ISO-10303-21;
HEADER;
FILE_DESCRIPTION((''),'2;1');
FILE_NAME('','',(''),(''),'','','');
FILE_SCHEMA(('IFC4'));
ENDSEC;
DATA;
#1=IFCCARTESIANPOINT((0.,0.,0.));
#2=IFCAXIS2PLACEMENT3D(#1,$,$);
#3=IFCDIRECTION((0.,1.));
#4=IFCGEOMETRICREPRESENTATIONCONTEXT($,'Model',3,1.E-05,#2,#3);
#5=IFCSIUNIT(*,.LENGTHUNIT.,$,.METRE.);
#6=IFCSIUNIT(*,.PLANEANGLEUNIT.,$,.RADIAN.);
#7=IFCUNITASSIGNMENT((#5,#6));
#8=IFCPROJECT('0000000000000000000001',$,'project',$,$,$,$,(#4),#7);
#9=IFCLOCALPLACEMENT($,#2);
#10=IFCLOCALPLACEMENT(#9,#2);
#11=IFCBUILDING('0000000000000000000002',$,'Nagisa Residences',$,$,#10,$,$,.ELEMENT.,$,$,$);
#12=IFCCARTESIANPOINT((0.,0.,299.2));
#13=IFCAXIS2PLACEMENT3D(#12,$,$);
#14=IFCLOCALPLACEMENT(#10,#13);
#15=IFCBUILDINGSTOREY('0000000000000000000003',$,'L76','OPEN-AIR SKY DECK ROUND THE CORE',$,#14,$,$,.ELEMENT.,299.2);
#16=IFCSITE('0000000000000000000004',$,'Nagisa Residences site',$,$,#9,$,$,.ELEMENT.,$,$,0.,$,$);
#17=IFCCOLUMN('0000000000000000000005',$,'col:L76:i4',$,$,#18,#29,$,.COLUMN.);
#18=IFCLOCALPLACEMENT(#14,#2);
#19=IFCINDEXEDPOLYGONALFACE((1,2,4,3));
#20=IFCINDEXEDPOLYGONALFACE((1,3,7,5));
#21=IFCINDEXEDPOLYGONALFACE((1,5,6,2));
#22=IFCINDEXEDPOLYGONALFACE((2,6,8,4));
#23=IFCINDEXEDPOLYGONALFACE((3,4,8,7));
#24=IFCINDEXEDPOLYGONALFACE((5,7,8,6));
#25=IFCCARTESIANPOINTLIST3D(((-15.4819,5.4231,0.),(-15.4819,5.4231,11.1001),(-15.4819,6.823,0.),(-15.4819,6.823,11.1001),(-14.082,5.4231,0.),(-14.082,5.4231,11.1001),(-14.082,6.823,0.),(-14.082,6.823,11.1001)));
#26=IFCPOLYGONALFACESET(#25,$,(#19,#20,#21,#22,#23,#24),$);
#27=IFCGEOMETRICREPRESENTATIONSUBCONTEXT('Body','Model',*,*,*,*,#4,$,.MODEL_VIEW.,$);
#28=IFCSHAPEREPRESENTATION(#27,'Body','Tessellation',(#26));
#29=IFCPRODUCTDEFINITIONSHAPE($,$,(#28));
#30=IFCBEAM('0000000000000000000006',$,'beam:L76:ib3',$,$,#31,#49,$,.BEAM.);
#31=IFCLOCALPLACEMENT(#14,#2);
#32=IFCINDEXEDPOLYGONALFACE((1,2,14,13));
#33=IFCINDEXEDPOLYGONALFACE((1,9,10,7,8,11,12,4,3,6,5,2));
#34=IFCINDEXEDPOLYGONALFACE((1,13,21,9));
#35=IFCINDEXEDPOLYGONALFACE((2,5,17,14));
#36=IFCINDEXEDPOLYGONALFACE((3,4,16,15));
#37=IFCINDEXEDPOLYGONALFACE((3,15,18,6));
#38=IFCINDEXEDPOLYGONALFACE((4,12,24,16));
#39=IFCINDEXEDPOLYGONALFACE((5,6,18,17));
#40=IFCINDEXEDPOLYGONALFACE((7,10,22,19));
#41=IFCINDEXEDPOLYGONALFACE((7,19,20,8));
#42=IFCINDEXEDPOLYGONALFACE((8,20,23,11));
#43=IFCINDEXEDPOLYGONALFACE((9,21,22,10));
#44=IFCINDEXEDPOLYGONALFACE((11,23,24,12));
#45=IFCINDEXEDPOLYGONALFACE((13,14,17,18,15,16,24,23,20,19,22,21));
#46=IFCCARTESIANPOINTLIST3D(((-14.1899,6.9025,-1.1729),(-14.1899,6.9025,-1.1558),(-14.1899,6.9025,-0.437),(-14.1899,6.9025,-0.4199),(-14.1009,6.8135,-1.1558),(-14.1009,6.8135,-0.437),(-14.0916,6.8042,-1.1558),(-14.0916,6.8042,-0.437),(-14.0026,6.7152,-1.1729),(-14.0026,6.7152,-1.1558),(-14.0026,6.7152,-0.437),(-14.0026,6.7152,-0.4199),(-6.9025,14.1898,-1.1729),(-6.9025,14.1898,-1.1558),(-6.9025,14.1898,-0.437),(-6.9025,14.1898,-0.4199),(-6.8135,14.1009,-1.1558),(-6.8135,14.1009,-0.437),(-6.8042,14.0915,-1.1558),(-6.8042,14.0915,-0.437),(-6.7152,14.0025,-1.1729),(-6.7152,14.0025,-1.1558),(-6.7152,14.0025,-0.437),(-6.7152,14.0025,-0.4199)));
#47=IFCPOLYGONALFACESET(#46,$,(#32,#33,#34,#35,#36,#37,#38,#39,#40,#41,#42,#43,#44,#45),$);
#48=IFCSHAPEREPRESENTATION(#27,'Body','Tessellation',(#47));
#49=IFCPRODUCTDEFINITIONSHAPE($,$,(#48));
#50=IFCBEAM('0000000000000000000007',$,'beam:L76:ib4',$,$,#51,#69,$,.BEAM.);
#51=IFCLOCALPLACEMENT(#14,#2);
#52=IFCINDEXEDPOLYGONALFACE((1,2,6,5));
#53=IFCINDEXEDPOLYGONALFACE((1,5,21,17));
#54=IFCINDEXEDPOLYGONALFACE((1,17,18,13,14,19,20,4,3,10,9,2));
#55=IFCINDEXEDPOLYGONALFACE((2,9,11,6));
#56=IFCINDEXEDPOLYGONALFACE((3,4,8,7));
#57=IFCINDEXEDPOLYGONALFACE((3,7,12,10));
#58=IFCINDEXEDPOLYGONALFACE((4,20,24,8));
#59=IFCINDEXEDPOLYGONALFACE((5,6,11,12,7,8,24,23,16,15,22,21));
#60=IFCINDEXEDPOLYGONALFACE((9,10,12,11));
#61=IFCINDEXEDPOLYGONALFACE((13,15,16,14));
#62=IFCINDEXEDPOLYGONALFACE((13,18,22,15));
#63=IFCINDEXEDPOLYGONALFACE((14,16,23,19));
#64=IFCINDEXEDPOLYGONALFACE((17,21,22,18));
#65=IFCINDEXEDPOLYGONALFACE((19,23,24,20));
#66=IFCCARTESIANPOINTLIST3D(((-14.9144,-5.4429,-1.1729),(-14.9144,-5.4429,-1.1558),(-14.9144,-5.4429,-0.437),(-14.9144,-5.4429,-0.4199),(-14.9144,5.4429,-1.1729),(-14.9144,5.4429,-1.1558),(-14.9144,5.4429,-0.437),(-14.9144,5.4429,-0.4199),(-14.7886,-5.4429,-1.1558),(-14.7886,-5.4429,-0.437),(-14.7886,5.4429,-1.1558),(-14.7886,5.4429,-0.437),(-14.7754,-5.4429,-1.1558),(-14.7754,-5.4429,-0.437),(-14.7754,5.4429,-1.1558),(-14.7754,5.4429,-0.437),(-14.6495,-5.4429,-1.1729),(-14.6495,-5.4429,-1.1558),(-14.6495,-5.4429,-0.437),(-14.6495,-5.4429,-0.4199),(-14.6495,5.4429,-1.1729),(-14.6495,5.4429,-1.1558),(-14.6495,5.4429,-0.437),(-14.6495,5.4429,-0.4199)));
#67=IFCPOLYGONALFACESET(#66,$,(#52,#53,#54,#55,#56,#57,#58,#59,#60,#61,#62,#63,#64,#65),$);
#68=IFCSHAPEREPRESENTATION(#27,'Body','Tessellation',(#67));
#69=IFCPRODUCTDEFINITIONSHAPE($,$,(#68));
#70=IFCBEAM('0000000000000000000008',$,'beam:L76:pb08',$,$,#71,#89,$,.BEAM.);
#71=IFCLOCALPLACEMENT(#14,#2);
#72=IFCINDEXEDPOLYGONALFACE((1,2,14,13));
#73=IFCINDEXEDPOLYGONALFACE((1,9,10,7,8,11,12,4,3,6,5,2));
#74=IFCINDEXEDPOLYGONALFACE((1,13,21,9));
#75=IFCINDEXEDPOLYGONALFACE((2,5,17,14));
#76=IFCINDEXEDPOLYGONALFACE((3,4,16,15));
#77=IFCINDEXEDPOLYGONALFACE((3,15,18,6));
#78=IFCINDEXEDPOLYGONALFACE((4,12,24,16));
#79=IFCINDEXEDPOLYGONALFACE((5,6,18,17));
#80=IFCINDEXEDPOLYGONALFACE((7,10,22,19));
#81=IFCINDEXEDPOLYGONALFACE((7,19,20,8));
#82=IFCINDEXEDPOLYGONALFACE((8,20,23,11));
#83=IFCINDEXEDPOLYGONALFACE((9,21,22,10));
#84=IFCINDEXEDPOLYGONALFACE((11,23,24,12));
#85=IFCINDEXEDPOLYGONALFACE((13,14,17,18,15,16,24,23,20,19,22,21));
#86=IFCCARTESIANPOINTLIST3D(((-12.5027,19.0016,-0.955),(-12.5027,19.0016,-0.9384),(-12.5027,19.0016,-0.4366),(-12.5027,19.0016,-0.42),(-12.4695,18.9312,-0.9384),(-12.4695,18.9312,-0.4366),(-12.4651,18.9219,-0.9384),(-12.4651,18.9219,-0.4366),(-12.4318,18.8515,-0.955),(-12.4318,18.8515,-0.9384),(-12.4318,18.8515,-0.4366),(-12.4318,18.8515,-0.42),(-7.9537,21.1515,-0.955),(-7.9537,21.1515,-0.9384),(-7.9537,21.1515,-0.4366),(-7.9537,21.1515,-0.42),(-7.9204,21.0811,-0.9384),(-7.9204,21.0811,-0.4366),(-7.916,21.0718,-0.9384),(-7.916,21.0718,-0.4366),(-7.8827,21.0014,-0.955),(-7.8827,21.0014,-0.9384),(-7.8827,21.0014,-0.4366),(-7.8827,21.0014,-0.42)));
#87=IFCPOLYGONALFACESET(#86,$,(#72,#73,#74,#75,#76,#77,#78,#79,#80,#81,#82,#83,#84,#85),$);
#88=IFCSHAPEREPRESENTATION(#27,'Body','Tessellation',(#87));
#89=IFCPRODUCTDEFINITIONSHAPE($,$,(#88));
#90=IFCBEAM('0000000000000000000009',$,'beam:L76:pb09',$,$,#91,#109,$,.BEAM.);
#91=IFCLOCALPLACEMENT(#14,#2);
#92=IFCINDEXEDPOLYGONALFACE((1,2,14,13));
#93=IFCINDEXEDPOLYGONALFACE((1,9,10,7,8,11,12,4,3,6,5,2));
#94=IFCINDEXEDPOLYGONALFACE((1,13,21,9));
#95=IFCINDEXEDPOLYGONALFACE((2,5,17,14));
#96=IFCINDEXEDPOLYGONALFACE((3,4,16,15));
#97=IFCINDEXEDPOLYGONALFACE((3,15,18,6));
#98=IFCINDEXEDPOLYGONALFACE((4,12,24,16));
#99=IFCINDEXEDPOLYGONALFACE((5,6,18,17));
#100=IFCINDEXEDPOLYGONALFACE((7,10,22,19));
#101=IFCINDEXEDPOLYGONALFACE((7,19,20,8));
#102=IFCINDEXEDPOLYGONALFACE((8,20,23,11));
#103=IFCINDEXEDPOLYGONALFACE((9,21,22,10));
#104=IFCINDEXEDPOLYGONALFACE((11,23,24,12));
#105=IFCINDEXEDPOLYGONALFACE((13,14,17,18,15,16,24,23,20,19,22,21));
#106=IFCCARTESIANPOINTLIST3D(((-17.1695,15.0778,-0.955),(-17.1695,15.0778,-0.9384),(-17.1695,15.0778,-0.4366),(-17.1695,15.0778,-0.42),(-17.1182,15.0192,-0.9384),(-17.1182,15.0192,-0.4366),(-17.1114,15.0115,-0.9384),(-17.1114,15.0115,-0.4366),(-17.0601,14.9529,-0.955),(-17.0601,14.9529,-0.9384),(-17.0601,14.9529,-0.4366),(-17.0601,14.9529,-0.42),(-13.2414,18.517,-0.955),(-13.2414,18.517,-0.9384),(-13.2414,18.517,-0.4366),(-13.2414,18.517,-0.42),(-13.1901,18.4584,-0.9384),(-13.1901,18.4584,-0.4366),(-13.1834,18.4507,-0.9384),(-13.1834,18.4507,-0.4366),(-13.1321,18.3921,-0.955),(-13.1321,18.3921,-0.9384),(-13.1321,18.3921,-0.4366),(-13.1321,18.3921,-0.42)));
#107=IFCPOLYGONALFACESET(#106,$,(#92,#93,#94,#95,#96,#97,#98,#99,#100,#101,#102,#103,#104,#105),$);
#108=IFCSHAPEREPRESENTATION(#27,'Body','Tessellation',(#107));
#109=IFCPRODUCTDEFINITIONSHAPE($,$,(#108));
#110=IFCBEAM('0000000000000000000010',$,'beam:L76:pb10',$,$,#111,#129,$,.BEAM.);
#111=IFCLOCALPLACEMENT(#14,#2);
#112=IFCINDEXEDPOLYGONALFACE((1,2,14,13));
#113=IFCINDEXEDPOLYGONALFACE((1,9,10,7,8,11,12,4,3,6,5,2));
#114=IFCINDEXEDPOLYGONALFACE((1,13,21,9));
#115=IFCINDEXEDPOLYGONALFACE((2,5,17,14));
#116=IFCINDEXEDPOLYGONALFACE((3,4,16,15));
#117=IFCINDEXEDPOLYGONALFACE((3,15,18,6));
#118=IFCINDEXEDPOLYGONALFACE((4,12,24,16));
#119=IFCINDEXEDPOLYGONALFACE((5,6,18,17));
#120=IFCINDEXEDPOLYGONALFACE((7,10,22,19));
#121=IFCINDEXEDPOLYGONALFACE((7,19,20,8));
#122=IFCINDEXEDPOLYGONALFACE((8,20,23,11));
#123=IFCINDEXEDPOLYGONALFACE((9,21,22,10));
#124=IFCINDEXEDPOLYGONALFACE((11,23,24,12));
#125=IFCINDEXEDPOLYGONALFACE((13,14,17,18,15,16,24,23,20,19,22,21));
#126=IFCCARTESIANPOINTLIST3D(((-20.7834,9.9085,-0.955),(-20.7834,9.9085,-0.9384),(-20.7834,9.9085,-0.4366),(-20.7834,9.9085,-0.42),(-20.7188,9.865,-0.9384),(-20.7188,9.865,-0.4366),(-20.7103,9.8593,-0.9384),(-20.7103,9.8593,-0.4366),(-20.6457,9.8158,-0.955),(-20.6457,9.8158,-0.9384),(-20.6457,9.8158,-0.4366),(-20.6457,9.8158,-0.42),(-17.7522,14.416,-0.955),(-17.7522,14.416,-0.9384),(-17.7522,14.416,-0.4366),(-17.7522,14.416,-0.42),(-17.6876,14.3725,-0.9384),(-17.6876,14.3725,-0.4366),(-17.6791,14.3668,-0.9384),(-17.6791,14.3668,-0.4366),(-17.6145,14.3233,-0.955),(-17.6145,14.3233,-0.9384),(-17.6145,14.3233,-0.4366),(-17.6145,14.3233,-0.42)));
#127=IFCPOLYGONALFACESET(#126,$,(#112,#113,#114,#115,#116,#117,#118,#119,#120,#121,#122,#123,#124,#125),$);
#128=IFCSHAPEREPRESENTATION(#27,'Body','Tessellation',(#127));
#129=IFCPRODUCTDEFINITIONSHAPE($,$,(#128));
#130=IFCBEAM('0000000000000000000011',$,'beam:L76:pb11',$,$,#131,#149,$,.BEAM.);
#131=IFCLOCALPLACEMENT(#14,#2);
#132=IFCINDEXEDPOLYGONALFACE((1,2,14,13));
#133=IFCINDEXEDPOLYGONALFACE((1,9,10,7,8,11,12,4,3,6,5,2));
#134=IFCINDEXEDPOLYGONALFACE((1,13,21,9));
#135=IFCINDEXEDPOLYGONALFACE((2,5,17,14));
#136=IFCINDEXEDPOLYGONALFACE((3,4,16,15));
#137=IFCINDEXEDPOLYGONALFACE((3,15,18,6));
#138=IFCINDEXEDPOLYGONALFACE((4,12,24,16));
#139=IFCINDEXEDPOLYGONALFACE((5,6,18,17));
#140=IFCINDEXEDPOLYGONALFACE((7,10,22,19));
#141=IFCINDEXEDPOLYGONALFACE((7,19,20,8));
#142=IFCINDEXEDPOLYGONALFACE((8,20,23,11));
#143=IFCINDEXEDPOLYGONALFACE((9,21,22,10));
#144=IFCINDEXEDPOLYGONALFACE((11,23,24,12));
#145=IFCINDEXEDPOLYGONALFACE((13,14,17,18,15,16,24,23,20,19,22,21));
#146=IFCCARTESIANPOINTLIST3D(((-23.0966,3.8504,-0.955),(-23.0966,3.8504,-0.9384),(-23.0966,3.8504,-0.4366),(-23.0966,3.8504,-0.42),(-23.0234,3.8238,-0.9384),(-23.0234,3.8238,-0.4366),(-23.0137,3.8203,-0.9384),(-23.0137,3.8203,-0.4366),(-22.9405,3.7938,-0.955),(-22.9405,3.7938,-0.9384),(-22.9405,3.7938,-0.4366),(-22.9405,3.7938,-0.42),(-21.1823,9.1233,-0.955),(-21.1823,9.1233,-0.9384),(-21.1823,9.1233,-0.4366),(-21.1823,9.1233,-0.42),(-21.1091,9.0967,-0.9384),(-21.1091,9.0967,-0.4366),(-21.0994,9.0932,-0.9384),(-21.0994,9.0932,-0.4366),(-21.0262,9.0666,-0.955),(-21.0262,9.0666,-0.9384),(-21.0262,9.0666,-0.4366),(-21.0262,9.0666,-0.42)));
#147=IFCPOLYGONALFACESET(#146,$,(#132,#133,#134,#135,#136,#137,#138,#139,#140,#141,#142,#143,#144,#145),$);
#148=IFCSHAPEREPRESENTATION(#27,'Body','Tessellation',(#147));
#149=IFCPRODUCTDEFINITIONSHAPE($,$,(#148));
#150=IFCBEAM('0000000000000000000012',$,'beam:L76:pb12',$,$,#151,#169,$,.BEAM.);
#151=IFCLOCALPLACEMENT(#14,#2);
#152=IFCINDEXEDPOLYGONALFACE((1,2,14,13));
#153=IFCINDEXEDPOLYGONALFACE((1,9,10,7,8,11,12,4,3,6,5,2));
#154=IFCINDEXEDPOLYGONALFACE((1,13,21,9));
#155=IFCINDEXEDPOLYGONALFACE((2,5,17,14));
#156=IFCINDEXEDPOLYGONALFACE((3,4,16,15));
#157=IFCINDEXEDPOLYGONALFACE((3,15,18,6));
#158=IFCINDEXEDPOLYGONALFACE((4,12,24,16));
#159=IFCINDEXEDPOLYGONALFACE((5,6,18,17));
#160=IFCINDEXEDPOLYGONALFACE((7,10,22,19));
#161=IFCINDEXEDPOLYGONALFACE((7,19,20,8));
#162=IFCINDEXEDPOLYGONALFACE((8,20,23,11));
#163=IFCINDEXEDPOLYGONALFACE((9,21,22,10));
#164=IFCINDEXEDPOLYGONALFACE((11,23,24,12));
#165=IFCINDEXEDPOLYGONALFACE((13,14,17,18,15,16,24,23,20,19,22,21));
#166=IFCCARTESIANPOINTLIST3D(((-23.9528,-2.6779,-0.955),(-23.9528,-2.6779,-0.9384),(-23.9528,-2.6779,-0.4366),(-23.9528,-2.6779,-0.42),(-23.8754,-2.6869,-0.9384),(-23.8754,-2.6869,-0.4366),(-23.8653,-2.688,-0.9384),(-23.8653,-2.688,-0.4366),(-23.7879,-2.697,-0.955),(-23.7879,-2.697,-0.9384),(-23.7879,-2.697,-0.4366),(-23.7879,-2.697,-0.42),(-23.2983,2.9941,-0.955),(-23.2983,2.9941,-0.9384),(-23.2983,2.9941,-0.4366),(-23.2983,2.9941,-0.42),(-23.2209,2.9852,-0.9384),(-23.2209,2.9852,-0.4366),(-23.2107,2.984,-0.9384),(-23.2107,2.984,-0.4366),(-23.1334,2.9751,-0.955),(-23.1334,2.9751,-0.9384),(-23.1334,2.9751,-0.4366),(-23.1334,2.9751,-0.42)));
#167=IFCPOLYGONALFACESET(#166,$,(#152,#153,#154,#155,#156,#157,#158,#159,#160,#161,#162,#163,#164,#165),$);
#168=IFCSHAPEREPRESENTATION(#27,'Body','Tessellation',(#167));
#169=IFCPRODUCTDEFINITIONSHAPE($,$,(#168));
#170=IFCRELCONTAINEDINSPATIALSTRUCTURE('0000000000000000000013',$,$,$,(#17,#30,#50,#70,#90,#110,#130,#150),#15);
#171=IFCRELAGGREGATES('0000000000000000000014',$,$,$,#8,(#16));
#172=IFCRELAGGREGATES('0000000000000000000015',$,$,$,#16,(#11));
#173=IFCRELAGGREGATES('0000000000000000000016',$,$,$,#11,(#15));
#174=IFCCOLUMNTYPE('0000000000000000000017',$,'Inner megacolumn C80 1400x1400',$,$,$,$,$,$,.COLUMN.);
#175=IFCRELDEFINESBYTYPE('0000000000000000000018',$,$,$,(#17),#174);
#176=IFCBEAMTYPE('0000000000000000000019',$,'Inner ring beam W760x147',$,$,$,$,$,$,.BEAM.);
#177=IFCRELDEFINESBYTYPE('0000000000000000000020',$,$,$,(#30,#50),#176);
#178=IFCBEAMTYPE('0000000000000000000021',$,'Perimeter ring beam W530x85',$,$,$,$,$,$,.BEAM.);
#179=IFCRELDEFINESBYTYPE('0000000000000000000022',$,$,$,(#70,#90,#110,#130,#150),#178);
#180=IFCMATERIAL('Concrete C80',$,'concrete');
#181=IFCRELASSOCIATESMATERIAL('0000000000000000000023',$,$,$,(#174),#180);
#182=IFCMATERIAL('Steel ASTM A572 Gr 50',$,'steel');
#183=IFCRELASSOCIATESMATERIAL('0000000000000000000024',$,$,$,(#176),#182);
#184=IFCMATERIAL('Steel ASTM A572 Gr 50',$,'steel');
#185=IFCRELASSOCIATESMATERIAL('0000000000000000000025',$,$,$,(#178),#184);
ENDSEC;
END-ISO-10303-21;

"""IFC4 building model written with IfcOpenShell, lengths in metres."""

from ifc_helpers import new_model, si_unit, direction, frame, origin, origin_2d, place, context, subcontext, project, spatial, rectangle, i_section, extrude, material, material_profile, profile_set, type_object, element, save


model = new_model("IFC4")

# Units and contexts
model_context = context("Model", 3, precision=1e-05, world=origin(), true_north=direction((0.0, 1.0)))
body_context = subcontext(model_context, "Body", "Model", "MODEL_VIEW")
ifc_project = project(units=[si_unit("LENGTHUNIT", "METRE"), si_unit("PLANEANGLEUNIT", "RADIAN")], contexts=[model_context])

# Site, building, storey
site_placement = place(None, origin())
site = spatial("IfcSite", under=ifc_project, at=site_placement, Name="Nagisa Residences site", CompositionType="ELEMENT", RefElevation=0.0)
building_placement = place(site_placement, origin())
building = spatial("IfcBuilding", under=site, at=building_placement, Name="Nagisa Residences", CompositionType="ELEMENT")
storey_placement = place(building_placement, frame((0.0, 0.0, 299.2)))
storey = spatial("IfcBuildingStorey", under=building, at=storey_placement, Name="L76", Description="OPEN-AIR SKY DECK ROUND THE CORE", CompositionType="ELEMENT", Elevation=299.2)

# Column
ifc_material_1 = material(Name="Concrete C80", Category="concrete")
ifc_material_profile_1 = material_profile(ifc_material_1, rectangle(XDim=1.3999, YDim=1.3999, at=origin_2d()), Name="C80 1400x1400")
ifc_profile_set_1 = profile_set([ifc_material_profile_1], Name="Concrete C80")
column_type = type_object("IfcColumnType", Name="Inner megacolumn C80 1400x1400", PredefinedType="COLUMN", material=ifc_profile_set_1)
column_placement = place(storey_placement, frame((-14.782, 6.123, 0.0), z_axis=(0.0, 0.0, 1.0), x_axis=(1.0, 0.0, 0.0)))
element("IfcColumn", 1, at=column_placement, inside=storey, type_object=column_type, Name="col:L76:i4", PredefinedType="COLUMN", context=body_context, shape_type="SweptSolid", body=[
    extrude(rectangle(XDim=1.3999, YDim=1.3999, at=origin_2d()), origin(), (0.0, 0.0, 1.0), 11.1001),
])

# Beams
ifc_material_2 = material(Name="Steel ASTM A572 Gr 50", Category="steel")
ifc_material_profile_2 = material_profile(ifc_material_2, i_section(OverallWidth=0.2649, OverallDepth=0.7529, WebThickness=0.0132, FlangeThickness=0.0171, at=origin_2d()), Name="W760x147")
ifc_profile_set_2 = profile_set([ifc_material_profile_2], Name="Steel ASTM A572 Gr 50")
beam_type_1 = type_object("IfcBeamType", Name="Inner ring beam W760x147", PredefinedType="BEAM", material=ifc_profile_set_2)
beam_1_placement = place(storey_placement, frame((-6.8088, 14.0962, -0.7964), z_axis=(-0.707107, -0.707107, 0.0), x_axis=(0.707107, -0.707107, 0.0)))
element("IfcBeam", 2, at=beam_1_placement, inside=storey, type_object=beam_type_1, Name="beam:L76:ib3", PredefinedType="BEAM", context=body_context, shape_type="SweptSolid", body=[
    extrude(i_section(OverallWidth=0.2649, OverallDepth=0.7529, WebThickness=0.0132, FlangeThickness=0.0171, at=origin_2d()), origin(), (0.0, 0.0, 1.0), 10.3059),
])
beam_2_placement = place(storey_placement, frame((-14.782, 5.4429, -0.7964), z_axis=(0.0, -1.0, 0.0), x_axis=(1.0, 0.0, 0.0)))
element("IfcBeam", 3, at=beam_2_placement, inside=storey, type_object=beam_type_1, Name="beam:L76:ib4", PredefinedType="BEAM", context=body_context, shape_type="SweptSolid", body=[
    extrude(i_section(OverallWidth=0.2649, OverallDepth=0.7529, WebThickness=0.0132, FlangeThickness=0.0171, at=origin_2d()), origin(), (0.0, 0.0, 1.0), 10.8857),
])
ifc_material_3 = material(Name="Steel ASTM A572 Gr 50", Category="steel")
ifc_material_profile_3 = material_profile(ifc_material_3, i_section(OverallWidth=0.166, OverallDepth=0.5349, WebThickness=0.0103, FlangeThickness=0.0166, at=origin_2d()), Name="W530x85")
ifc_profile_set_3 = profile_set([ifc_material_profile_3], Name="Steel ASTM A572 Gr 50")
beam_type_2 = type_object("IfcBeamType", Name="Perimeter ring beam W530x85", PredefinedType="BEAM", material=ifc_profile_set_3)
beam_3_placement = place(storey_placement, frame((-7.9182, 21.0764, -0.6875), z_axis=(-0.904116, -0.427287, 0.0), x_axis=(0.427287, -0.904116, 0.0)))
element("IfcBeam", 4, at=beam_3_placement, inside=storey, type_object=beam_type_2, Name="beam:L76:pb08", PredefinedType="BEAM", context=body_context, shape_type="SweptSolid", body=[
    extrude(i_section(OverallWidth=0.166, OverallDepth=0.5349, WebThickness=0.0103, FlangeThickness=0.0166, at=origin_2d()), origin(), (0.0, 0.0, 1.0), 5.0315),
])
beam_4_placement = place(storey_placement, frame((-13.1868, 18.4546, -0.6875), z_axis=(-0.752365, -0.658746, 0.0), x_axis=(0.658746, -0.752365, 0.0)))
element("IfcBeam", 5, at=beam_4_placement, inside=storey, type_object=beam_type_2, Name="beam:L76:pb09", PredefinedType="BEAM", context=body_context, shape_type="SweptSolid", body=[
    extrude(i_section(OverallWidth=0.166, OverallDepth=0.5349, WebThickness=0.0103, FlangeThickness=0.0166, at=origin_2d()), origin(), (0.0, 0.0, 1.0), 5.2209),
])
beam_5_placement = place(storey_placement, frame((-17.6833, 14.3696, -0.6875), z_axis=(-0.558035, -0.829817, 0.0), x_axis=(0.829817, -0.558035, 0.0)))
element("IfcBeam", 6, at=beam_5_placement, inside=storey, type_object=beam_type_2, Name="beam:L76:pb10", PredefinedType="BEAM", context=body_context, shape_type="SweptSolid", body=[
    extrude(i_section(OverallWidth=0.166, OverallDepth=0.5349, WebThickness=0.0103, FlangeThickness=0.0166, at=origin_2d()), origin(), (0.0, 0.0, 1.0), 5.4319),
])
beam_6_placement = place(storey_placement, frame((-21.1042, 9.095, -0.6875), z_axis=(-0.34125, -0.939972, 0.0), x_axis=(0.939972, -0.34125, 0.0)))
element("IfcBeam", 7, at=beam_6_placement, inside=storey, type_object=beam_type_2, Name="beam:L76:pb11", PredefinedType="BEAM", context=body_context, shape_type="SweptSolid", body=[
    extrude(i_section(OverallWidth=0.166, OverallDepth=0.5349, WebThickness=0.0103, FlangeThickness=0.0166, at=origin_2d()), origin(), (0.0, 0.0, 1.0), 5.6096),
])
beam_7_placement = place(storey_placement, frame((-23.2158, 2.9846, -0.6875), z_axis=(-0.114635, -0.993408, 0.0), x_axis=(0.993408, -0.114635, 0.0)))
element("IfcBeam", 8, at=beam_7_placement, inside=storey, type_object=beam_type_2, Name="beam:L76:pb12", PredefinedType="BEAM", context=body_context, shape_type="SweptSolid", body=[
    extrude(i_section(OverallWidth=0.166, OverallDepth=0.5349, WebThickness=0.0103, FlangeThickness=0.0166, at=origin_2d()), origin(), (0.0, 0.0, 1.0), 5.7097),
])

save(model, "model.ifc")
